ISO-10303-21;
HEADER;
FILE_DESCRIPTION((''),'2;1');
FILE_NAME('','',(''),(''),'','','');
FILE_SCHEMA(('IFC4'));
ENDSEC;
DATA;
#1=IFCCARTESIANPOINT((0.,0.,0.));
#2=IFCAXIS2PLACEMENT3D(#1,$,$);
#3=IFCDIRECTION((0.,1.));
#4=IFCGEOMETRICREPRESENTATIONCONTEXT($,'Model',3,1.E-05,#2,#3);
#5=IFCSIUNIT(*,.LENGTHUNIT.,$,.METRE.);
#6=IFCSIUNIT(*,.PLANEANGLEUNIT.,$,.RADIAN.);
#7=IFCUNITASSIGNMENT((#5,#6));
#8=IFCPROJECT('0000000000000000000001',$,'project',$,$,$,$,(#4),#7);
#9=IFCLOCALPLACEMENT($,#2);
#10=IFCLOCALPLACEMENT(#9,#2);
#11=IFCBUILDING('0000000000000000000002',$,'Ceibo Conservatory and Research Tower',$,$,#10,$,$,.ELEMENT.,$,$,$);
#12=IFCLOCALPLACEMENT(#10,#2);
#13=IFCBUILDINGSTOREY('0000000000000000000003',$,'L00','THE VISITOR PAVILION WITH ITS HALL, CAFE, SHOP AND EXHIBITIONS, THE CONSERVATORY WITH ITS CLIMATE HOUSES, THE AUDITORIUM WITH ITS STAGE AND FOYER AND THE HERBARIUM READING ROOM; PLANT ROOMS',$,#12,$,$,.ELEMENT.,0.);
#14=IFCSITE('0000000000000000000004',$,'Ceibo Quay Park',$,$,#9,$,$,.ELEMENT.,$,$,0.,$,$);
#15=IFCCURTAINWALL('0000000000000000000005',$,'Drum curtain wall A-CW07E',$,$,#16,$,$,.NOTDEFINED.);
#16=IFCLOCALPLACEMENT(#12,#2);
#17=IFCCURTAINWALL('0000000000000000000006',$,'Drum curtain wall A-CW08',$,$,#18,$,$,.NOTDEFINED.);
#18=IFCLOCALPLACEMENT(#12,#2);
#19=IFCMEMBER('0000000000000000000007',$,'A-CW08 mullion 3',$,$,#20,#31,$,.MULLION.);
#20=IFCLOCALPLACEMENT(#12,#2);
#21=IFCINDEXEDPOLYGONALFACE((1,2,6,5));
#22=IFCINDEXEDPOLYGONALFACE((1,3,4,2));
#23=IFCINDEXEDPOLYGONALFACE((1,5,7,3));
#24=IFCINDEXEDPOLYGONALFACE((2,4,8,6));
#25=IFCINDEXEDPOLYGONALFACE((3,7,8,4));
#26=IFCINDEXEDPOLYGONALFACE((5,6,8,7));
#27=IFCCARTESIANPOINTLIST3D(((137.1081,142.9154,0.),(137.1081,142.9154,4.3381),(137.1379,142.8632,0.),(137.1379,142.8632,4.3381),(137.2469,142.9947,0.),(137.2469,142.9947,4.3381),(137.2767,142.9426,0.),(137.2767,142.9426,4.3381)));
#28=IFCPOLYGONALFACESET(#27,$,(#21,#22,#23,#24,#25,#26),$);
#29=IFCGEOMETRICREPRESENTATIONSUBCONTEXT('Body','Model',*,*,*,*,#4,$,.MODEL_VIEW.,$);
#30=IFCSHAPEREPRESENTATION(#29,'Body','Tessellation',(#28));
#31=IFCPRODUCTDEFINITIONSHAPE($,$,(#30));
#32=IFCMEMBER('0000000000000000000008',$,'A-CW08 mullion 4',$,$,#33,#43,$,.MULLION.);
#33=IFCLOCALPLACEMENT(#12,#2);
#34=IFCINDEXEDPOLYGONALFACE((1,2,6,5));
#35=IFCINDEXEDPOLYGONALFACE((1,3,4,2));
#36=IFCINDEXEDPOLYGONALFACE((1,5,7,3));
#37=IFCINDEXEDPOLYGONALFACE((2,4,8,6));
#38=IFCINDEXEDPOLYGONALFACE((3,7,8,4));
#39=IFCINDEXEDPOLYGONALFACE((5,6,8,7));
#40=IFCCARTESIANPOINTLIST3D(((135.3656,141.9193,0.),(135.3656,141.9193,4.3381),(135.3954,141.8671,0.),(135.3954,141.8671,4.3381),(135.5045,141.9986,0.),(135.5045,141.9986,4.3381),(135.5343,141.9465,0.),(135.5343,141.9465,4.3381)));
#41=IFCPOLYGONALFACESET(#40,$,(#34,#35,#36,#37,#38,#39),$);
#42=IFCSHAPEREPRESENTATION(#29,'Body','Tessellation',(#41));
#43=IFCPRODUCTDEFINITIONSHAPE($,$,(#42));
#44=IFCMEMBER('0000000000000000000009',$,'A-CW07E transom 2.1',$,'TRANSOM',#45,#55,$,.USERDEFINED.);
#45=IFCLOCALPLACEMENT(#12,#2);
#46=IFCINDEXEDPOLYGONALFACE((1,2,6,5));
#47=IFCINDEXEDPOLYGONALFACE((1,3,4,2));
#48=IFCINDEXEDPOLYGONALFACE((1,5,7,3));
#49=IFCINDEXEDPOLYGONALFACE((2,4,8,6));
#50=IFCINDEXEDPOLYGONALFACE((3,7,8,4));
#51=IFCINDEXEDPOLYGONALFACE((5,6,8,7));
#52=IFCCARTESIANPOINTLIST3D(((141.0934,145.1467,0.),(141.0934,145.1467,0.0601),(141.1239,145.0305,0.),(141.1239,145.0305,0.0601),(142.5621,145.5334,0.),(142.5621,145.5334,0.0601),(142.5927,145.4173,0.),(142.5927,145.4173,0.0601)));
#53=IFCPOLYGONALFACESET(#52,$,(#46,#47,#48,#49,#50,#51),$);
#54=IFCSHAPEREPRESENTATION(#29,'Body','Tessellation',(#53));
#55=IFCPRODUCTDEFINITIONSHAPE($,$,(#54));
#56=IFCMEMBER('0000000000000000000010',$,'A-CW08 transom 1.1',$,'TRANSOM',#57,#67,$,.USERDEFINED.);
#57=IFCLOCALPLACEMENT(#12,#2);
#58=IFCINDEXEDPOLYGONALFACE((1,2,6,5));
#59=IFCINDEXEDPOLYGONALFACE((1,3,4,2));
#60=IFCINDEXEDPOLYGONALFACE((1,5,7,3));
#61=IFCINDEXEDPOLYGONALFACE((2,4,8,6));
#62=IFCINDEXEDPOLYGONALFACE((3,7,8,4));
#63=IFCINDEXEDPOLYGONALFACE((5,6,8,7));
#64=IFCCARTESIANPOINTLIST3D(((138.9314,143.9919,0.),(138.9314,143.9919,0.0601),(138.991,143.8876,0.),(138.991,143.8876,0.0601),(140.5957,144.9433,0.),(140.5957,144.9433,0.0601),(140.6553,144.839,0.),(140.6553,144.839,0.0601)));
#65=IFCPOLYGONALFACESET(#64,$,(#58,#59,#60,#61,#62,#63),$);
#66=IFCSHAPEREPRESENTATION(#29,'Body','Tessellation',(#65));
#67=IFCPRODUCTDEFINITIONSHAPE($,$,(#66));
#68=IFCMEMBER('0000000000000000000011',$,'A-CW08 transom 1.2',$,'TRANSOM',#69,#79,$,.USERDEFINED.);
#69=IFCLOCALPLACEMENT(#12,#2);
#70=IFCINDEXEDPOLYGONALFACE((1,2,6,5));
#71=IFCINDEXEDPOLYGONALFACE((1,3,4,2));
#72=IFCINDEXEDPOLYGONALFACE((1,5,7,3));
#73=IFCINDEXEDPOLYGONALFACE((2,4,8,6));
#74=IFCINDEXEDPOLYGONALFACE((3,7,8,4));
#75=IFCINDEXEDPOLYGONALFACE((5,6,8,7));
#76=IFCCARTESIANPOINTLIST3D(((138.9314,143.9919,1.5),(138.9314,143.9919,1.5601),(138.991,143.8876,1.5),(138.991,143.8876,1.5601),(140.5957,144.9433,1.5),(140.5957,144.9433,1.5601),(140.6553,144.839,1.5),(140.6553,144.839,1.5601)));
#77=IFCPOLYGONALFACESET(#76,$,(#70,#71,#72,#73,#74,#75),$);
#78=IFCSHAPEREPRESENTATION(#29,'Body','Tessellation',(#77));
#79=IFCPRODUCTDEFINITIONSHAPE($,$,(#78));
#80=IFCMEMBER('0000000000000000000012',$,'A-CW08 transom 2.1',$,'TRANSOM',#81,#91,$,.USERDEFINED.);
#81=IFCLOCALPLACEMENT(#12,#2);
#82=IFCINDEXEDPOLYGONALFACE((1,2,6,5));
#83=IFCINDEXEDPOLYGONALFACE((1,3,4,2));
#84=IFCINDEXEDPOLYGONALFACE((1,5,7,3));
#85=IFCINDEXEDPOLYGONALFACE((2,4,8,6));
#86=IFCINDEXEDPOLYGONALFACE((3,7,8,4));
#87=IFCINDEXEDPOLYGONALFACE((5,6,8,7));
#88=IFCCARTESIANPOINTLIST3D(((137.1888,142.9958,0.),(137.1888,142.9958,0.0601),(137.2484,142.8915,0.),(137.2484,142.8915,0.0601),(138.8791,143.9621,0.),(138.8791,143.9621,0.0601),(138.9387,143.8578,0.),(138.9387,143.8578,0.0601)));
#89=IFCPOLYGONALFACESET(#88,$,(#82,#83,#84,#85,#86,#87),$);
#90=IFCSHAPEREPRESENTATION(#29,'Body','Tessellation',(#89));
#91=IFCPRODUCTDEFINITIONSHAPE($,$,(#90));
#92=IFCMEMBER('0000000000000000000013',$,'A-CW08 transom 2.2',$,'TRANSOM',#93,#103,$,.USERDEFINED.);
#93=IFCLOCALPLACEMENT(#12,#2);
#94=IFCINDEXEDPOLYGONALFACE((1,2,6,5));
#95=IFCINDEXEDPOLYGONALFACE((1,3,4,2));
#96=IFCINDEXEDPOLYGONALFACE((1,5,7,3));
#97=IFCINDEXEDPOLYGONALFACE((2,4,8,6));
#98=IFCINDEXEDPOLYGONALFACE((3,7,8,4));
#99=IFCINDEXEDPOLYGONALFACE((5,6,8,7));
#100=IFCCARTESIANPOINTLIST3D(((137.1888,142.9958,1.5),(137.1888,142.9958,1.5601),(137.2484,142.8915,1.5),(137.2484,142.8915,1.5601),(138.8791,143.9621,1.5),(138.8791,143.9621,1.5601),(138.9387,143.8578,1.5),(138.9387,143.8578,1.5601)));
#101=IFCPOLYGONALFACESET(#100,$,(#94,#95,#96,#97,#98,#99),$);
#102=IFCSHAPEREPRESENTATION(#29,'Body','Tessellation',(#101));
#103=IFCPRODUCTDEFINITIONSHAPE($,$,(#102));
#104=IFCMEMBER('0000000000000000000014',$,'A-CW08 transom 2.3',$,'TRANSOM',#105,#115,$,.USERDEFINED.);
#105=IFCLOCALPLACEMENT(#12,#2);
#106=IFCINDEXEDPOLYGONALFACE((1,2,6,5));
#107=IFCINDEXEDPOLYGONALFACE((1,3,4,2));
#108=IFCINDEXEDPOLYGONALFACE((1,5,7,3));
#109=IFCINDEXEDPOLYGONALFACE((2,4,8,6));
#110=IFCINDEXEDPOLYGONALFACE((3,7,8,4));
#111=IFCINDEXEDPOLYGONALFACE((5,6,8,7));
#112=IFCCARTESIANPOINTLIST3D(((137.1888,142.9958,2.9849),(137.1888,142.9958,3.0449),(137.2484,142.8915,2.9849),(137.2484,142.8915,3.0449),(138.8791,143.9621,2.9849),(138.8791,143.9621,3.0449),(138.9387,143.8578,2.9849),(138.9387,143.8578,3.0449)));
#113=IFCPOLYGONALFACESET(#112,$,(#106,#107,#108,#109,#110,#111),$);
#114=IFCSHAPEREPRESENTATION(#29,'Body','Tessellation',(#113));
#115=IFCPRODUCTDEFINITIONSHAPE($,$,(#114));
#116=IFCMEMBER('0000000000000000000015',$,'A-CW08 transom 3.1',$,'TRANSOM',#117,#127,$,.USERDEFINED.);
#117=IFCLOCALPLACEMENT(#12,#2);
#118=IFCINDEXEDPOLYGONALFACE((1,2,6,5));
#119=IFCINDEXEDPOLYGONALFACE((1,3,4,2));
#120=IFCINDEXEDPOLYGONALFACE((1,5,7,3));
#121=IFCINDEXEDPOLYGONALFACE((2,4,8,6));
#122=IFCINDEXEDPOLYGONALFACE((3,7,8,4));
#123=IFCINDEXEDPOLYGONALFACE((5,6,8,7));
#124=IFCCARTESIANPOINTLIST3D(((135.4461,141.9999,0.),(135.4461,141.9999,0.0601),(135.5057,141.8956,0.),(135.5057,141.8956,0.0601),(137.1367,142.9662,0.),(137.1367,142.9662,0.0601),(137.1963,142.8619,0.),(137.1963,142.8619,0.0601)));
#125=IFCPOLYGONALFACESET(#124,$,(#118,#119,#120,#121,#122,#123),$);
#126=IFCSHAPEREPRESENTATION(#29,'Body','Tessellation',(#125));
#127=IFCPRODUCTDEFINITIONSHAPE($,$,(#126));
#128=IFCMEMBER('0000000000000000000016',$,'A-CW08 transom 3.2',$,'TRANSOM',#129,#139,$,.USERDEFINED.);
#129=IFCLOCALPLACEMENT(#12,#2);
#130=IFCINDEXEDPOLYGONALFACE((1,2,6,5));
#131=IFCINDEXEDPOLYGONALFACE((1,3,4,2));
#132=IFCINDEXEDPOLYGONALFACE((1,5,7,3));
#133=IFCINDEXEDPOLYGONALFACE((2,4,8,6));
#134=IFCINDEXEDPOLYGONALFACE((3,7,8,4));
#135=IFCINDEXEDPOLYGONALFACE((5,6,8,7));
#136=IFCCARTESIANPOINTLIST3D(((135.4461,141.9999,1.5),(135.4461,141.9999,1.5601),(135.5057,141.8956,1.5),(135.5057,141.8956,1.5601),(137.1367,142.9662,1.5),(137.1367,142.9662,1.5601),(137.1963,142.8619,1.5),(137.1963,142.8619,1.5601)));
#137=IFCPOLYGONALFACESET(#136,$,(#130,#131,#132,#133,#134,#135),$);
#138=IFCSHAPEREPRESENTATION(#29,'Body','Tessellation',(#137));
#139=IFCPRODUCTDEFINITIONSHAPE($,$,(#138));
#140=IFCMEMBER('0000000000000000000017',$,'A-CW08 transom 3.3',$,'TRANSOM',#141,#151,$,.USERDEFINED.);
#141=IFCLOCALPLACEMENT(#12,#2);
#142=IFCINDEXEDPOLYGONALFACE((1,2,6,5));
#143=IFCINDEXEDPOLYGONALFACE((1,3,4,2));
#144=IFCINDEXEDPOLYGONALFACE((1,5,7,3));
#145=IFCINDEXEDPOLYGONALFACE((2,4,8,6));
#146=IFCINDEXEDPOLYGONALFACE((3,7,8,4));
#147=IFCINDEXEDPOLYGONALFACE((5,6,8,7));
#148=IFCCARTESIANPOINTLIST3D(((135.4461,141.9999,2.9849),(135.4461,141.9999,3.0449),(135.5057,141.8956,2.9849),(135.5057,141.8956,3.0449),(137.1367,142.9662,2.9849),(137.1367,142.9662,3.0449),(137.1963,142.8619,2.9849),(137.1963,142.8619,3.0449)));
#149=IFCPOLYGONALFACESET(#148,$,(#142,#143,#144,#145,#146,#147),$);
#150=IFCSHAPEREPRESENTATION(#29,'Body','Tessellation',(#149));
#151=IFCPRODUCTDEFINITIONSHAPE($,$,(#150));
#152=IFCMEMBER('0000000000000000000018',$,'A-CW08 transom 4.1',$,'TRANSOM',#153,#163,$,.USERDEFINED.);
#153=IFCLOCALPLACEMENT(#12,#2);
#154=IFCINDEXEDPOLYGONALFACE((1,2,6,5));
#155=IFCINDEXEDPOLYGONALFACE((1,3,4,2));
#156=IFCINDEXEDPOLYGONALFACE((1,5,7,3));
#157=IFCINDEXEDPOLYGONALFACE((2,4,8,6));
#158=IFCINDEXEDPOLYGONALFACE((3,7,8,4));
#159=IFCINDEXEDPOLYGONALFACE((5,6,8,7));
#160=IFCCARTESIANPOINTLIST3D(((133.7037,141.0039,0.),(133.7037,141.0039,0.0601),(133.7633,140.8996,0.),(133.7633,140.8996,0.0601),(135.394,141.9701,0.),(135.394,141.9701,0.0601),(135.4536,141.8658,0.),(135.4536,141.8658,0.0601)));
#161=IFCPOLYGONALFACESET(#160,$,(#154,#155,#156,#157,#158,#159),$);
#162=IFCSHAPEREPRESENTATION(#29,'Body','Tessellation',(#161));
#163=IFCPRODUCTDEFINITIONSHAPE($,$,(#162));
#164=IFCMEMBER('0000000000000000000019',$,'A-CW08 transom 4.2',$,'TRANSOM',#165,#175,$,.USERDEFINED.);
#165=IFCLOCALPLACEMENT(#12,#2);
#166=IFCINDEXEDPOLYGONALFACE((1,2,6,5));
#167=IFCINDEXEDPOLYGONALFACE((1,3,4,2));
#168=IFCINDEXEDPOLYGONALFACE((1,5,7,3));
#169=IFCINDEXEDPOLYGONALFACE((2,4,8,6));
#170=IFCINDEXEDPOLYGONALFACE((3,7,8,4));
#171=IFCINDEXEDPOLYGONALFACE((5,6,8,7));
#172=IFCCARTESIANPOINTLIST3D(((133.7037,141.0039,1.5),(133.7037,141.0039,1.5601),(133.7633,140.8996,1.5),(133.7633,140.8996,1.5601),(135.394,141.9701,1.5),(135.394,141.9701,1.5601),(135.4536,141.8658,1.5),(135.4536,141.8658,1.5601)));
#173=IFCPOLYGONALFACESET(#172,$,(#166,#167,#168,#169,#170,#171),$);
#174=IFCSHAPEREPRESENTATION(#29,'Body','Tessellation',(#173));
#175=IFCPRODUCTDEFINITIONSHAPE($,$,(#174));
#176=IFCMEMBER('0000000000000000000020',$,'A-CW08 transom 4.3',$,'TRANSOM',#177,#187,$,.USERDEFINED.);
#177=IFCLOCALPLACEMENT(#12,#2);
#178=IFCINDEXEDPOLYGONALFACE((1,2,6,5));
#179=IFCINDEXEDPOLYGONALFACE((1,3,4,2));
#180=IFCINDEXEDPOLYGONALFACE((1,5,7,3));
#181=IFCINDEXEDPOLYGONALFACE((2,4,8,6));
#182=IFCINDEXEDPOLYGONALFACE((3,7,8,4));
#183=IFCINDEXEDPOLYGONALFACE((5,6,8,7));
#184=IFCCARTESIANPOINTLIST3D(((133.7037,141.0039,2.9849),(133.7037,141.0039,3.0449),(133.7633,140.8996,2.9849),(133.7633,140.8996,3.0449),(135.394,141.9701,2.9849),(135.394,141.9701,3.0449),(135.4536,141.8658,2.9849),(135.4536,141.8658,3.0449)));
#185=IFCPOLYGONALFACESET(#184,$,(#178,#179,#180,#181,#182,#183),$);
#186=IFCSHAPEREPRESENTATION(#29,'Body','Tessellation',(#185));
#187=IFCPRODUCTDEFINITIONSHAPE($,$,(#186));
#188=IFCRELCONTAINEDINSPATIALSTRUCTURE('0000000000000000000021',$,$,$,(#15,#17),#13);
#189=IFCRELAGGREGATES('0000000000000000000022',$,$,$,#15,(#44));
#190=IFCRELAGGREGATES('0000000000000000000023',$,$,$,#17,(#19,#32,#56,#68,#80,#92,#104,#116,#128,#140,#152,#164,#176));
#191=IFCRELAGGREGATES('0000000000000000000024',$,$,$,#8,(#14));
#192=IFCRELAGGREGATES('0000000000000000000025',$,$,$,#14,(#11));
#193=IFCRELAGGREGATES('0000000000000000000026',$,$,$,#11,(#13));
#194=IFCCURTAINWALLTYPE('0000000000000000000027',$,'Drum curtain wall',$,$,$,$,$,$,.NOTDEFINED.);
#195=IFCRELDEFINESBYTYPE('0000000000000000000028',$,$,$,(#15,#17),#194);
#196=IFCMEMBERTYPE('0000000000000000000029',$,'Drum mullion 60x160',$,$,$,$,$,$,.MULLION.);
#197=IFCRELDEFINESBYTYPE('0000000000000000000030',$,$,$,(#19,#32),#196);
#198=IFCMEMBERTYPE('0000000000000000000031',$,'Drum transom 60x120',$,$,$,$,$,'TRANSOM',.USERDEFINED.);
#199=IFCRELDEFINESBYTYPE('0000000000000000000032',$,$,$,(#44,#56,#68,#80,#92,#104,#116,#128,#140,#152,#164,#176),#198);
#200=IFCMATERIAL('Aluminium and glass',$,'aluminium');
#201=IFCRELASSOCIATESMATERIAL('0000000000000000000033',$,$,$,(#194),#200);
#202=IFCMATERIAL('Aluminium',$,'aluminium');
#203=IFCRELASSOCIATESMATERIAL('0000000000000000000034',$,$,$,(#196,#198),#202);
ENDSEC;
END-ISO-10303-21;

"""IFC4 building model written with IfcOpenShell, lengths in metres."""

from ifc_helpers import new_model, si_unit, direction, frame, origin, origin_2d, place, context, subcontext, project, spatial, rectangle, extrude, material, material_profile, profile_set, type_object, element, aggregate, save


model = new_model("IFC4")

# Units and contexts
model_context = context("Model", 3, precision=1e-05, world=origin(), true_north=direction((0.0, 1.0)))
body_context = subcontext(model_context, "Body", "Model", "MODEL_VIEW")
ifc_project = project(units=[si_unit("LENGTHUNIT", "METRE"), si_unit("PLANEANGLEUNIT", "RADIAN")], contexts=[model_context])

# Site, building, storey
site_placement = place(None, origin())
site = spatial("IfcSite", under=ifc_project, at=site_placement, Name="Ceibo Quay Park", CompositionType="ELEMENT", RefElevation=0.0)
building_placement = place(site_placement, origin())
building = spatial("IfcBuilding", under=site, at=building_placement, Name="Ceibo Conservatory and Research Tower", CompositionType="ELEMENT")
storey_placement = place(building_placement, origin())
storey = spatial("IfcBuildingStorey", under=building, at=storey_placement, Name="L00", Description="THE VISITOR PAVILION WITH ITS HALL, CAFE, SHOP AND EXHIBITIONS, THE CONSERVATORY WITH ITS CLIMATE HOUSES, THE AUDITORIUM WITH ITS STAGE AND FOYER AND THE HERBARIUM READING ROOM; PLANT ROOMS", CompositionType="ELEMENT", Elevation=0.0)

# Curtain wall
ifc_material_1 = material(Name="Aluminium and glass", Category="aluminium")
curtain_wall_type = type_object("IfcCurtainWallType", Name="Drum curtain wall", PredefinedType="NOTDEFINED", material=ifc_material_1)
curtain_wall_1_placement = place(storey_placement, origin())
curtain_wall_1 = element("IfcCurtainWall", 1, at=curtain_wall_1_placement, inside=storey, type_object=curtain_wall_type, Name="Drum curtain wall A-CW07E", PredefinedType="NOTDEFINED")
ifc_material_2 = material(Name="Aluminium", Category="aluminium")
ifc_material_profile_1 = material_profile(ifc_material_2, rectangle(XDim=0.0601, YDim=0.1599, at=origin_2d()), Name="AL 60x160")
ifc_profile_set_1 = profile_set([ifc_material_profile_1], Name="Aluminium")
member_type_1 = type_object("IfcMemberType", Name="Drum mullion 60x160", PredefinedType="MULLION", material=ifc_profile_set_1)

# Curtain wall, members
curtain_wall_2_placement = place(storey_placement, origin())
curtain_wall_2 = element("IfcCurtainWall", 2, at=curtain_wall_2_placement, inside=storey, type_object=curtain_wall_type, Name="Drum curtain wall A-CW08", PredefinedType="NOTDEFINED")
member_1_placement = place(storey_placement, frame((137.1924, 142.929, 0.0), z_axis=(0.0, 0.0, 1.0), x_axis=(0.496216, -0.868199, 0.0)))
member_1 = element("IfcMember", 3, at=member_1_placement, type_object=member_type_1, Name="A-CW08 mullion 3", PredefinedType="MULLION", context=body_context, shape_type="SweptSolid", body=[
    extrude(rectangle(XDim=0.0601, YDim=0.1599, at=origin_2d()), origin(), (0.0, 0.0, 1.0), 4.3381),
])
member_2_placement = place(storey_placement, frame((135.45, 141.9329, 0.0), z_axis=(0.0, 0.0, 1.0), x_axis=(0.496216, -0.868199, 0.0)))
member_2 = element("IfcMember", 4, at=member_2_placement, type_object=member_type_1, Name="A-CW08 mullion 4", PredefinedType="MULLION", context=body_context, shape_type="SweptSolid", body=[
    extrude(rectangle(XDim=0.0601, YDim=0.1599, at=origin_2d()), origin(), (0.0, 0.0, 1.0), 4.3381),
])

# Members
ifc_material_profile_2 = material_profile(ifc_material_2, rectangle(XDim=0.1201, YDim=0.0601, at=origin_2d()), Name="AL 60x120")
ifc_profile_set_2 = profile_set([ifc_material_profile_2], Name="Aluminium")
member_type_2 = type_object("IfcMemberType", Name="Drum transom 60x120", ElementType="TRANSOM", PredefinedType="USERDEFINED", material=ifc_profile_set_2)
member_3_placement = place(storey_placement, frame((142.5774, 145.4753, 0.03), z_axis=(-0.967041, -0.25462, 0.0), x_axis=(0.25462, -0.967041, 0.0)))
member_3 = element("IfcMember", 5, at=member_3_placement, type_object=member_type_2, Name="A-CW07E transom 2.1", ObjectType="TRANSOM", PredefinedType="USERDEFINED", context=body_context, shape_type="SweptSolid", body=[
    extrude(rectangle(XDim=0.1201, YDim=0.0601, at=origin_2d()), origin(), (0.0, 0.0, 1.0), 1.5188),
])
member_4_placement = place(storey_placement, frame((140.6255, 144.8911, 0.03), z_axis=(-0.868157, -0.49629, 0.0), x_axis=(0.49629, -0.868157, 0.0)))
member_4 = element("IfcMember", 6, at=member_4_placement, type_object=member_type_2, Name="A-CW08 transom 1.1", ObjectType="TRANSOM", PredefinedType="USERDEFINED", context=body_context, shape_type="SweptSolid", body=[
    extrude(rectangle(XDim=0.1201, YDim=0.0601, at=origin_2d()), origin(), (0.0, 0.0, 1.0), 1.917),
])
member_5_placement = place(storey_placement, frame((140.6255, 144.8911, 1.53), z_axis=(-0.868157, -0.49629, 0.0), x_axis=(0.49629, -0.868157, 0.0)))
member_5 = element("IfcMember", 7, at=member_5_placement, type_object=member_type_2, Name="A-CW08 transom 1.2", ObjectType="TRANSOM", PredefinedType="USERDEFINED", context=body_context, shape_type="SweptSolid", body=[
    extrude(rectangle(XDim=0.1201, YDim=0.0601, at=origin_2d()), origin(), (0.0, 0.0, 1.0), 1.917),
])
member_6_placement = place(storey_placement, frame((138.9089, 143.9099, 0.03), z_axis=(-0.868166, -0.496274, 0.0), x_axis=(0.496274, -0.868166, 0.0)))
member_6 = element("IfcMember", 8, at=member_6_placement, type_object=member_type_2, Name="A-CW08 transom 2.1", ObjectType="TRANSOM", PredefinedType="USERDEFINED", context=body_context, shape_type="SweptSolid", body=[
    extrude(rectangle(XDim=0.1201, YDim=0.0601, at=origin_2d()), origin(), (0.0, 0.0, 1.0), 1.947),
])
member_7_placement = place(storey_placement, frame((138.9089, 143.9099, 1.53), z_axis=(-0.868166, -0.496274, 0.0), x_axis=(0.496274, -0.868166, 0.0)))
member_7 = element("IfcMember", 9, at=member_7_placement, type_object=member_type_2, Name="A-CW08 transom 2.2", ObjectType="TRANSOM", PredefinedType="USERDEFINED", context=body_context, shape_type="SweptSolid", body=[
    extrude(rectangle(XDim=0.1201, YDim=0.0601, at=origin_2d()), origin(), (0.0, 0.0, 1.0), 1.947),
])
member_8_placement = place(storey_placement, frame((138.9089, 143.9099, 3.0149), z_axis=(-0.868166, -0.496274, 0.0), x_axis=(0.496274, -0.868166, 0.0)))
member_8 = element("IfcMember", 10, at=member_8_placement, type_object=member_type_2, Name="A-CW08 transom 2.3", ObjectType="TRANSOM", PredefinedType="USERDEFINED", context=body_context, shape_type="SweptSolid", body=[
    extrude(rectangle(XDim=0.1201, YDim=0.0601, at=origin_2d()), origin(), (0.0, 0.0, 1.0), 1.947),
])
member_9_placement = place(storey_placement, frame((137.1665, 142.9141, 0.03), z_axis=(-0.868197, -0.49622, 0.0), x_axis=(0.49622, -0.868197, 0.0)))
member_9 = element("IfcMember", 11, at=member_9_placement, type_object=member_type_2, Name="A-CW08 transom 3.1", ObjectType="TRANSOM", PredefinedType="USERDEFINED", context=body_context, shape_type="SweptSolid", body=[
    extrude(rectangle(XDim=0.1201, YDim=0.0601, at=origin_2d()), origin(), (0.0, 0.0, 1.0), 1.9473),
])
member_10_placement = place(storey_placement, frame((137.1665, 142.9141, 1.53), z_axis=(-0.868197, -0.49622, 0.0), x_axis=(0.49622, -0.868197, 0.0)))
member_10 = element("IfcMember", 12, at=member_10_placement, type_object=member_type_2, Name="A-CW08 transom 3.2", ObjectType="TRANSOM", PredefinedType="USERDEFINED", context=body_context, shape_type="SweptSolid", body=[
    extrude(rectangle(XDim=0.1201, YDim=0.0601, at=origin_2d()), origin(), (0.0, 0.0, 1.0), 1.9473),
])
member_11_placement = place(storey_placement, frame((137.1665, 142.9141, 3.0149), z_axis=(-0.868197, -0.49622, 0.0), x_axis=(0.49622, -0.868197, 0.0)))
member_11 = element("IfcMember", 13, at=member_11_placement, type_object=member_type_2, Name="A-CW08 transom 3.3", ObjectType="TRANSOM", PredefinedType="USERDEFINED", context=body_context, shape_type="SweptSolid", body=[
    extrude(rectangle(XDim=0.1201, YDim=0.0601, at=origin_2d()), origin(), (0.0, 0.0, 1.0), 1.9473),
])
member_12_placement = place(storey_placement, frame((135.4238, 141.918, 0.03), z_axis=(-0.868166, -0.496274, 0.0), x_axis=(0.496274, -0.868166, 0.0)))
member_12 = element("IfcMember", 14, at=member_12_placement, type_object=member_type_2, Name="A-CW08 transom 4.1", ObjectType="TRANSOM", PredefinedType="USERDEFINED", context=body_context, shape_type="SweptSolid", body=[
    extrude(rectangle(XDim=0.1201, YDim=0.0601, at=origin_2d()), origin(), (0.0, 0.0, 1.0), 1.947),
])
member_13_placement = place(storey_placement, frame((135.4238, 141.918, 1.53), z_axis=(-0.868166, -0.496274, 0.0), x_axis=(0.496274, -0.868166, 0.0)))
member_13 = element("IfcMember", 15, at=member_13_placement, type_object=member_type_2, Name="A-CW08 transom 4.2", ObjectType="TRANSOM", PredefinedType="USERDEFINED", context=body_context, shape_type="SweptSolid", body=[
    extrude(rectangle(XDim=0.1201, YDim=0.0601, at=origin_2d()), origin(), (0.0, 0.0, 1.0), 1.947),
])
member_14_placement = place(storey_placement, frame((135.4238, 141.918, 3.0149), z_axis=(-0.868166, -0.496274, 0.0), x_axis=(0.496274, -0.868166, 0.0)))
member_14 = element("IfcMember", 16, at=member_14_placement, type_object=member_type_2, Name="A-CW08 transom 4.3", ObjectType="TRANSOM", PredefinedType="USERDEFINED", context=body_context, shape_type="SweptSolid", body=[
    extrude(rectangle(XDim=0.1201, YDim=0.0601, at=origin_2d()), origin(), (0.0, 0.0, 1.0), 1.947),
])

aggregate(curtain_wall_1, [member_3])
aggregate(curtain_wall_2, [member_1, member_2, member_4, member_5, member_6, member_7, member_8, member_9, member_10, member_11, member_12, member_13, member_14])

save(model, "model.ifc")
